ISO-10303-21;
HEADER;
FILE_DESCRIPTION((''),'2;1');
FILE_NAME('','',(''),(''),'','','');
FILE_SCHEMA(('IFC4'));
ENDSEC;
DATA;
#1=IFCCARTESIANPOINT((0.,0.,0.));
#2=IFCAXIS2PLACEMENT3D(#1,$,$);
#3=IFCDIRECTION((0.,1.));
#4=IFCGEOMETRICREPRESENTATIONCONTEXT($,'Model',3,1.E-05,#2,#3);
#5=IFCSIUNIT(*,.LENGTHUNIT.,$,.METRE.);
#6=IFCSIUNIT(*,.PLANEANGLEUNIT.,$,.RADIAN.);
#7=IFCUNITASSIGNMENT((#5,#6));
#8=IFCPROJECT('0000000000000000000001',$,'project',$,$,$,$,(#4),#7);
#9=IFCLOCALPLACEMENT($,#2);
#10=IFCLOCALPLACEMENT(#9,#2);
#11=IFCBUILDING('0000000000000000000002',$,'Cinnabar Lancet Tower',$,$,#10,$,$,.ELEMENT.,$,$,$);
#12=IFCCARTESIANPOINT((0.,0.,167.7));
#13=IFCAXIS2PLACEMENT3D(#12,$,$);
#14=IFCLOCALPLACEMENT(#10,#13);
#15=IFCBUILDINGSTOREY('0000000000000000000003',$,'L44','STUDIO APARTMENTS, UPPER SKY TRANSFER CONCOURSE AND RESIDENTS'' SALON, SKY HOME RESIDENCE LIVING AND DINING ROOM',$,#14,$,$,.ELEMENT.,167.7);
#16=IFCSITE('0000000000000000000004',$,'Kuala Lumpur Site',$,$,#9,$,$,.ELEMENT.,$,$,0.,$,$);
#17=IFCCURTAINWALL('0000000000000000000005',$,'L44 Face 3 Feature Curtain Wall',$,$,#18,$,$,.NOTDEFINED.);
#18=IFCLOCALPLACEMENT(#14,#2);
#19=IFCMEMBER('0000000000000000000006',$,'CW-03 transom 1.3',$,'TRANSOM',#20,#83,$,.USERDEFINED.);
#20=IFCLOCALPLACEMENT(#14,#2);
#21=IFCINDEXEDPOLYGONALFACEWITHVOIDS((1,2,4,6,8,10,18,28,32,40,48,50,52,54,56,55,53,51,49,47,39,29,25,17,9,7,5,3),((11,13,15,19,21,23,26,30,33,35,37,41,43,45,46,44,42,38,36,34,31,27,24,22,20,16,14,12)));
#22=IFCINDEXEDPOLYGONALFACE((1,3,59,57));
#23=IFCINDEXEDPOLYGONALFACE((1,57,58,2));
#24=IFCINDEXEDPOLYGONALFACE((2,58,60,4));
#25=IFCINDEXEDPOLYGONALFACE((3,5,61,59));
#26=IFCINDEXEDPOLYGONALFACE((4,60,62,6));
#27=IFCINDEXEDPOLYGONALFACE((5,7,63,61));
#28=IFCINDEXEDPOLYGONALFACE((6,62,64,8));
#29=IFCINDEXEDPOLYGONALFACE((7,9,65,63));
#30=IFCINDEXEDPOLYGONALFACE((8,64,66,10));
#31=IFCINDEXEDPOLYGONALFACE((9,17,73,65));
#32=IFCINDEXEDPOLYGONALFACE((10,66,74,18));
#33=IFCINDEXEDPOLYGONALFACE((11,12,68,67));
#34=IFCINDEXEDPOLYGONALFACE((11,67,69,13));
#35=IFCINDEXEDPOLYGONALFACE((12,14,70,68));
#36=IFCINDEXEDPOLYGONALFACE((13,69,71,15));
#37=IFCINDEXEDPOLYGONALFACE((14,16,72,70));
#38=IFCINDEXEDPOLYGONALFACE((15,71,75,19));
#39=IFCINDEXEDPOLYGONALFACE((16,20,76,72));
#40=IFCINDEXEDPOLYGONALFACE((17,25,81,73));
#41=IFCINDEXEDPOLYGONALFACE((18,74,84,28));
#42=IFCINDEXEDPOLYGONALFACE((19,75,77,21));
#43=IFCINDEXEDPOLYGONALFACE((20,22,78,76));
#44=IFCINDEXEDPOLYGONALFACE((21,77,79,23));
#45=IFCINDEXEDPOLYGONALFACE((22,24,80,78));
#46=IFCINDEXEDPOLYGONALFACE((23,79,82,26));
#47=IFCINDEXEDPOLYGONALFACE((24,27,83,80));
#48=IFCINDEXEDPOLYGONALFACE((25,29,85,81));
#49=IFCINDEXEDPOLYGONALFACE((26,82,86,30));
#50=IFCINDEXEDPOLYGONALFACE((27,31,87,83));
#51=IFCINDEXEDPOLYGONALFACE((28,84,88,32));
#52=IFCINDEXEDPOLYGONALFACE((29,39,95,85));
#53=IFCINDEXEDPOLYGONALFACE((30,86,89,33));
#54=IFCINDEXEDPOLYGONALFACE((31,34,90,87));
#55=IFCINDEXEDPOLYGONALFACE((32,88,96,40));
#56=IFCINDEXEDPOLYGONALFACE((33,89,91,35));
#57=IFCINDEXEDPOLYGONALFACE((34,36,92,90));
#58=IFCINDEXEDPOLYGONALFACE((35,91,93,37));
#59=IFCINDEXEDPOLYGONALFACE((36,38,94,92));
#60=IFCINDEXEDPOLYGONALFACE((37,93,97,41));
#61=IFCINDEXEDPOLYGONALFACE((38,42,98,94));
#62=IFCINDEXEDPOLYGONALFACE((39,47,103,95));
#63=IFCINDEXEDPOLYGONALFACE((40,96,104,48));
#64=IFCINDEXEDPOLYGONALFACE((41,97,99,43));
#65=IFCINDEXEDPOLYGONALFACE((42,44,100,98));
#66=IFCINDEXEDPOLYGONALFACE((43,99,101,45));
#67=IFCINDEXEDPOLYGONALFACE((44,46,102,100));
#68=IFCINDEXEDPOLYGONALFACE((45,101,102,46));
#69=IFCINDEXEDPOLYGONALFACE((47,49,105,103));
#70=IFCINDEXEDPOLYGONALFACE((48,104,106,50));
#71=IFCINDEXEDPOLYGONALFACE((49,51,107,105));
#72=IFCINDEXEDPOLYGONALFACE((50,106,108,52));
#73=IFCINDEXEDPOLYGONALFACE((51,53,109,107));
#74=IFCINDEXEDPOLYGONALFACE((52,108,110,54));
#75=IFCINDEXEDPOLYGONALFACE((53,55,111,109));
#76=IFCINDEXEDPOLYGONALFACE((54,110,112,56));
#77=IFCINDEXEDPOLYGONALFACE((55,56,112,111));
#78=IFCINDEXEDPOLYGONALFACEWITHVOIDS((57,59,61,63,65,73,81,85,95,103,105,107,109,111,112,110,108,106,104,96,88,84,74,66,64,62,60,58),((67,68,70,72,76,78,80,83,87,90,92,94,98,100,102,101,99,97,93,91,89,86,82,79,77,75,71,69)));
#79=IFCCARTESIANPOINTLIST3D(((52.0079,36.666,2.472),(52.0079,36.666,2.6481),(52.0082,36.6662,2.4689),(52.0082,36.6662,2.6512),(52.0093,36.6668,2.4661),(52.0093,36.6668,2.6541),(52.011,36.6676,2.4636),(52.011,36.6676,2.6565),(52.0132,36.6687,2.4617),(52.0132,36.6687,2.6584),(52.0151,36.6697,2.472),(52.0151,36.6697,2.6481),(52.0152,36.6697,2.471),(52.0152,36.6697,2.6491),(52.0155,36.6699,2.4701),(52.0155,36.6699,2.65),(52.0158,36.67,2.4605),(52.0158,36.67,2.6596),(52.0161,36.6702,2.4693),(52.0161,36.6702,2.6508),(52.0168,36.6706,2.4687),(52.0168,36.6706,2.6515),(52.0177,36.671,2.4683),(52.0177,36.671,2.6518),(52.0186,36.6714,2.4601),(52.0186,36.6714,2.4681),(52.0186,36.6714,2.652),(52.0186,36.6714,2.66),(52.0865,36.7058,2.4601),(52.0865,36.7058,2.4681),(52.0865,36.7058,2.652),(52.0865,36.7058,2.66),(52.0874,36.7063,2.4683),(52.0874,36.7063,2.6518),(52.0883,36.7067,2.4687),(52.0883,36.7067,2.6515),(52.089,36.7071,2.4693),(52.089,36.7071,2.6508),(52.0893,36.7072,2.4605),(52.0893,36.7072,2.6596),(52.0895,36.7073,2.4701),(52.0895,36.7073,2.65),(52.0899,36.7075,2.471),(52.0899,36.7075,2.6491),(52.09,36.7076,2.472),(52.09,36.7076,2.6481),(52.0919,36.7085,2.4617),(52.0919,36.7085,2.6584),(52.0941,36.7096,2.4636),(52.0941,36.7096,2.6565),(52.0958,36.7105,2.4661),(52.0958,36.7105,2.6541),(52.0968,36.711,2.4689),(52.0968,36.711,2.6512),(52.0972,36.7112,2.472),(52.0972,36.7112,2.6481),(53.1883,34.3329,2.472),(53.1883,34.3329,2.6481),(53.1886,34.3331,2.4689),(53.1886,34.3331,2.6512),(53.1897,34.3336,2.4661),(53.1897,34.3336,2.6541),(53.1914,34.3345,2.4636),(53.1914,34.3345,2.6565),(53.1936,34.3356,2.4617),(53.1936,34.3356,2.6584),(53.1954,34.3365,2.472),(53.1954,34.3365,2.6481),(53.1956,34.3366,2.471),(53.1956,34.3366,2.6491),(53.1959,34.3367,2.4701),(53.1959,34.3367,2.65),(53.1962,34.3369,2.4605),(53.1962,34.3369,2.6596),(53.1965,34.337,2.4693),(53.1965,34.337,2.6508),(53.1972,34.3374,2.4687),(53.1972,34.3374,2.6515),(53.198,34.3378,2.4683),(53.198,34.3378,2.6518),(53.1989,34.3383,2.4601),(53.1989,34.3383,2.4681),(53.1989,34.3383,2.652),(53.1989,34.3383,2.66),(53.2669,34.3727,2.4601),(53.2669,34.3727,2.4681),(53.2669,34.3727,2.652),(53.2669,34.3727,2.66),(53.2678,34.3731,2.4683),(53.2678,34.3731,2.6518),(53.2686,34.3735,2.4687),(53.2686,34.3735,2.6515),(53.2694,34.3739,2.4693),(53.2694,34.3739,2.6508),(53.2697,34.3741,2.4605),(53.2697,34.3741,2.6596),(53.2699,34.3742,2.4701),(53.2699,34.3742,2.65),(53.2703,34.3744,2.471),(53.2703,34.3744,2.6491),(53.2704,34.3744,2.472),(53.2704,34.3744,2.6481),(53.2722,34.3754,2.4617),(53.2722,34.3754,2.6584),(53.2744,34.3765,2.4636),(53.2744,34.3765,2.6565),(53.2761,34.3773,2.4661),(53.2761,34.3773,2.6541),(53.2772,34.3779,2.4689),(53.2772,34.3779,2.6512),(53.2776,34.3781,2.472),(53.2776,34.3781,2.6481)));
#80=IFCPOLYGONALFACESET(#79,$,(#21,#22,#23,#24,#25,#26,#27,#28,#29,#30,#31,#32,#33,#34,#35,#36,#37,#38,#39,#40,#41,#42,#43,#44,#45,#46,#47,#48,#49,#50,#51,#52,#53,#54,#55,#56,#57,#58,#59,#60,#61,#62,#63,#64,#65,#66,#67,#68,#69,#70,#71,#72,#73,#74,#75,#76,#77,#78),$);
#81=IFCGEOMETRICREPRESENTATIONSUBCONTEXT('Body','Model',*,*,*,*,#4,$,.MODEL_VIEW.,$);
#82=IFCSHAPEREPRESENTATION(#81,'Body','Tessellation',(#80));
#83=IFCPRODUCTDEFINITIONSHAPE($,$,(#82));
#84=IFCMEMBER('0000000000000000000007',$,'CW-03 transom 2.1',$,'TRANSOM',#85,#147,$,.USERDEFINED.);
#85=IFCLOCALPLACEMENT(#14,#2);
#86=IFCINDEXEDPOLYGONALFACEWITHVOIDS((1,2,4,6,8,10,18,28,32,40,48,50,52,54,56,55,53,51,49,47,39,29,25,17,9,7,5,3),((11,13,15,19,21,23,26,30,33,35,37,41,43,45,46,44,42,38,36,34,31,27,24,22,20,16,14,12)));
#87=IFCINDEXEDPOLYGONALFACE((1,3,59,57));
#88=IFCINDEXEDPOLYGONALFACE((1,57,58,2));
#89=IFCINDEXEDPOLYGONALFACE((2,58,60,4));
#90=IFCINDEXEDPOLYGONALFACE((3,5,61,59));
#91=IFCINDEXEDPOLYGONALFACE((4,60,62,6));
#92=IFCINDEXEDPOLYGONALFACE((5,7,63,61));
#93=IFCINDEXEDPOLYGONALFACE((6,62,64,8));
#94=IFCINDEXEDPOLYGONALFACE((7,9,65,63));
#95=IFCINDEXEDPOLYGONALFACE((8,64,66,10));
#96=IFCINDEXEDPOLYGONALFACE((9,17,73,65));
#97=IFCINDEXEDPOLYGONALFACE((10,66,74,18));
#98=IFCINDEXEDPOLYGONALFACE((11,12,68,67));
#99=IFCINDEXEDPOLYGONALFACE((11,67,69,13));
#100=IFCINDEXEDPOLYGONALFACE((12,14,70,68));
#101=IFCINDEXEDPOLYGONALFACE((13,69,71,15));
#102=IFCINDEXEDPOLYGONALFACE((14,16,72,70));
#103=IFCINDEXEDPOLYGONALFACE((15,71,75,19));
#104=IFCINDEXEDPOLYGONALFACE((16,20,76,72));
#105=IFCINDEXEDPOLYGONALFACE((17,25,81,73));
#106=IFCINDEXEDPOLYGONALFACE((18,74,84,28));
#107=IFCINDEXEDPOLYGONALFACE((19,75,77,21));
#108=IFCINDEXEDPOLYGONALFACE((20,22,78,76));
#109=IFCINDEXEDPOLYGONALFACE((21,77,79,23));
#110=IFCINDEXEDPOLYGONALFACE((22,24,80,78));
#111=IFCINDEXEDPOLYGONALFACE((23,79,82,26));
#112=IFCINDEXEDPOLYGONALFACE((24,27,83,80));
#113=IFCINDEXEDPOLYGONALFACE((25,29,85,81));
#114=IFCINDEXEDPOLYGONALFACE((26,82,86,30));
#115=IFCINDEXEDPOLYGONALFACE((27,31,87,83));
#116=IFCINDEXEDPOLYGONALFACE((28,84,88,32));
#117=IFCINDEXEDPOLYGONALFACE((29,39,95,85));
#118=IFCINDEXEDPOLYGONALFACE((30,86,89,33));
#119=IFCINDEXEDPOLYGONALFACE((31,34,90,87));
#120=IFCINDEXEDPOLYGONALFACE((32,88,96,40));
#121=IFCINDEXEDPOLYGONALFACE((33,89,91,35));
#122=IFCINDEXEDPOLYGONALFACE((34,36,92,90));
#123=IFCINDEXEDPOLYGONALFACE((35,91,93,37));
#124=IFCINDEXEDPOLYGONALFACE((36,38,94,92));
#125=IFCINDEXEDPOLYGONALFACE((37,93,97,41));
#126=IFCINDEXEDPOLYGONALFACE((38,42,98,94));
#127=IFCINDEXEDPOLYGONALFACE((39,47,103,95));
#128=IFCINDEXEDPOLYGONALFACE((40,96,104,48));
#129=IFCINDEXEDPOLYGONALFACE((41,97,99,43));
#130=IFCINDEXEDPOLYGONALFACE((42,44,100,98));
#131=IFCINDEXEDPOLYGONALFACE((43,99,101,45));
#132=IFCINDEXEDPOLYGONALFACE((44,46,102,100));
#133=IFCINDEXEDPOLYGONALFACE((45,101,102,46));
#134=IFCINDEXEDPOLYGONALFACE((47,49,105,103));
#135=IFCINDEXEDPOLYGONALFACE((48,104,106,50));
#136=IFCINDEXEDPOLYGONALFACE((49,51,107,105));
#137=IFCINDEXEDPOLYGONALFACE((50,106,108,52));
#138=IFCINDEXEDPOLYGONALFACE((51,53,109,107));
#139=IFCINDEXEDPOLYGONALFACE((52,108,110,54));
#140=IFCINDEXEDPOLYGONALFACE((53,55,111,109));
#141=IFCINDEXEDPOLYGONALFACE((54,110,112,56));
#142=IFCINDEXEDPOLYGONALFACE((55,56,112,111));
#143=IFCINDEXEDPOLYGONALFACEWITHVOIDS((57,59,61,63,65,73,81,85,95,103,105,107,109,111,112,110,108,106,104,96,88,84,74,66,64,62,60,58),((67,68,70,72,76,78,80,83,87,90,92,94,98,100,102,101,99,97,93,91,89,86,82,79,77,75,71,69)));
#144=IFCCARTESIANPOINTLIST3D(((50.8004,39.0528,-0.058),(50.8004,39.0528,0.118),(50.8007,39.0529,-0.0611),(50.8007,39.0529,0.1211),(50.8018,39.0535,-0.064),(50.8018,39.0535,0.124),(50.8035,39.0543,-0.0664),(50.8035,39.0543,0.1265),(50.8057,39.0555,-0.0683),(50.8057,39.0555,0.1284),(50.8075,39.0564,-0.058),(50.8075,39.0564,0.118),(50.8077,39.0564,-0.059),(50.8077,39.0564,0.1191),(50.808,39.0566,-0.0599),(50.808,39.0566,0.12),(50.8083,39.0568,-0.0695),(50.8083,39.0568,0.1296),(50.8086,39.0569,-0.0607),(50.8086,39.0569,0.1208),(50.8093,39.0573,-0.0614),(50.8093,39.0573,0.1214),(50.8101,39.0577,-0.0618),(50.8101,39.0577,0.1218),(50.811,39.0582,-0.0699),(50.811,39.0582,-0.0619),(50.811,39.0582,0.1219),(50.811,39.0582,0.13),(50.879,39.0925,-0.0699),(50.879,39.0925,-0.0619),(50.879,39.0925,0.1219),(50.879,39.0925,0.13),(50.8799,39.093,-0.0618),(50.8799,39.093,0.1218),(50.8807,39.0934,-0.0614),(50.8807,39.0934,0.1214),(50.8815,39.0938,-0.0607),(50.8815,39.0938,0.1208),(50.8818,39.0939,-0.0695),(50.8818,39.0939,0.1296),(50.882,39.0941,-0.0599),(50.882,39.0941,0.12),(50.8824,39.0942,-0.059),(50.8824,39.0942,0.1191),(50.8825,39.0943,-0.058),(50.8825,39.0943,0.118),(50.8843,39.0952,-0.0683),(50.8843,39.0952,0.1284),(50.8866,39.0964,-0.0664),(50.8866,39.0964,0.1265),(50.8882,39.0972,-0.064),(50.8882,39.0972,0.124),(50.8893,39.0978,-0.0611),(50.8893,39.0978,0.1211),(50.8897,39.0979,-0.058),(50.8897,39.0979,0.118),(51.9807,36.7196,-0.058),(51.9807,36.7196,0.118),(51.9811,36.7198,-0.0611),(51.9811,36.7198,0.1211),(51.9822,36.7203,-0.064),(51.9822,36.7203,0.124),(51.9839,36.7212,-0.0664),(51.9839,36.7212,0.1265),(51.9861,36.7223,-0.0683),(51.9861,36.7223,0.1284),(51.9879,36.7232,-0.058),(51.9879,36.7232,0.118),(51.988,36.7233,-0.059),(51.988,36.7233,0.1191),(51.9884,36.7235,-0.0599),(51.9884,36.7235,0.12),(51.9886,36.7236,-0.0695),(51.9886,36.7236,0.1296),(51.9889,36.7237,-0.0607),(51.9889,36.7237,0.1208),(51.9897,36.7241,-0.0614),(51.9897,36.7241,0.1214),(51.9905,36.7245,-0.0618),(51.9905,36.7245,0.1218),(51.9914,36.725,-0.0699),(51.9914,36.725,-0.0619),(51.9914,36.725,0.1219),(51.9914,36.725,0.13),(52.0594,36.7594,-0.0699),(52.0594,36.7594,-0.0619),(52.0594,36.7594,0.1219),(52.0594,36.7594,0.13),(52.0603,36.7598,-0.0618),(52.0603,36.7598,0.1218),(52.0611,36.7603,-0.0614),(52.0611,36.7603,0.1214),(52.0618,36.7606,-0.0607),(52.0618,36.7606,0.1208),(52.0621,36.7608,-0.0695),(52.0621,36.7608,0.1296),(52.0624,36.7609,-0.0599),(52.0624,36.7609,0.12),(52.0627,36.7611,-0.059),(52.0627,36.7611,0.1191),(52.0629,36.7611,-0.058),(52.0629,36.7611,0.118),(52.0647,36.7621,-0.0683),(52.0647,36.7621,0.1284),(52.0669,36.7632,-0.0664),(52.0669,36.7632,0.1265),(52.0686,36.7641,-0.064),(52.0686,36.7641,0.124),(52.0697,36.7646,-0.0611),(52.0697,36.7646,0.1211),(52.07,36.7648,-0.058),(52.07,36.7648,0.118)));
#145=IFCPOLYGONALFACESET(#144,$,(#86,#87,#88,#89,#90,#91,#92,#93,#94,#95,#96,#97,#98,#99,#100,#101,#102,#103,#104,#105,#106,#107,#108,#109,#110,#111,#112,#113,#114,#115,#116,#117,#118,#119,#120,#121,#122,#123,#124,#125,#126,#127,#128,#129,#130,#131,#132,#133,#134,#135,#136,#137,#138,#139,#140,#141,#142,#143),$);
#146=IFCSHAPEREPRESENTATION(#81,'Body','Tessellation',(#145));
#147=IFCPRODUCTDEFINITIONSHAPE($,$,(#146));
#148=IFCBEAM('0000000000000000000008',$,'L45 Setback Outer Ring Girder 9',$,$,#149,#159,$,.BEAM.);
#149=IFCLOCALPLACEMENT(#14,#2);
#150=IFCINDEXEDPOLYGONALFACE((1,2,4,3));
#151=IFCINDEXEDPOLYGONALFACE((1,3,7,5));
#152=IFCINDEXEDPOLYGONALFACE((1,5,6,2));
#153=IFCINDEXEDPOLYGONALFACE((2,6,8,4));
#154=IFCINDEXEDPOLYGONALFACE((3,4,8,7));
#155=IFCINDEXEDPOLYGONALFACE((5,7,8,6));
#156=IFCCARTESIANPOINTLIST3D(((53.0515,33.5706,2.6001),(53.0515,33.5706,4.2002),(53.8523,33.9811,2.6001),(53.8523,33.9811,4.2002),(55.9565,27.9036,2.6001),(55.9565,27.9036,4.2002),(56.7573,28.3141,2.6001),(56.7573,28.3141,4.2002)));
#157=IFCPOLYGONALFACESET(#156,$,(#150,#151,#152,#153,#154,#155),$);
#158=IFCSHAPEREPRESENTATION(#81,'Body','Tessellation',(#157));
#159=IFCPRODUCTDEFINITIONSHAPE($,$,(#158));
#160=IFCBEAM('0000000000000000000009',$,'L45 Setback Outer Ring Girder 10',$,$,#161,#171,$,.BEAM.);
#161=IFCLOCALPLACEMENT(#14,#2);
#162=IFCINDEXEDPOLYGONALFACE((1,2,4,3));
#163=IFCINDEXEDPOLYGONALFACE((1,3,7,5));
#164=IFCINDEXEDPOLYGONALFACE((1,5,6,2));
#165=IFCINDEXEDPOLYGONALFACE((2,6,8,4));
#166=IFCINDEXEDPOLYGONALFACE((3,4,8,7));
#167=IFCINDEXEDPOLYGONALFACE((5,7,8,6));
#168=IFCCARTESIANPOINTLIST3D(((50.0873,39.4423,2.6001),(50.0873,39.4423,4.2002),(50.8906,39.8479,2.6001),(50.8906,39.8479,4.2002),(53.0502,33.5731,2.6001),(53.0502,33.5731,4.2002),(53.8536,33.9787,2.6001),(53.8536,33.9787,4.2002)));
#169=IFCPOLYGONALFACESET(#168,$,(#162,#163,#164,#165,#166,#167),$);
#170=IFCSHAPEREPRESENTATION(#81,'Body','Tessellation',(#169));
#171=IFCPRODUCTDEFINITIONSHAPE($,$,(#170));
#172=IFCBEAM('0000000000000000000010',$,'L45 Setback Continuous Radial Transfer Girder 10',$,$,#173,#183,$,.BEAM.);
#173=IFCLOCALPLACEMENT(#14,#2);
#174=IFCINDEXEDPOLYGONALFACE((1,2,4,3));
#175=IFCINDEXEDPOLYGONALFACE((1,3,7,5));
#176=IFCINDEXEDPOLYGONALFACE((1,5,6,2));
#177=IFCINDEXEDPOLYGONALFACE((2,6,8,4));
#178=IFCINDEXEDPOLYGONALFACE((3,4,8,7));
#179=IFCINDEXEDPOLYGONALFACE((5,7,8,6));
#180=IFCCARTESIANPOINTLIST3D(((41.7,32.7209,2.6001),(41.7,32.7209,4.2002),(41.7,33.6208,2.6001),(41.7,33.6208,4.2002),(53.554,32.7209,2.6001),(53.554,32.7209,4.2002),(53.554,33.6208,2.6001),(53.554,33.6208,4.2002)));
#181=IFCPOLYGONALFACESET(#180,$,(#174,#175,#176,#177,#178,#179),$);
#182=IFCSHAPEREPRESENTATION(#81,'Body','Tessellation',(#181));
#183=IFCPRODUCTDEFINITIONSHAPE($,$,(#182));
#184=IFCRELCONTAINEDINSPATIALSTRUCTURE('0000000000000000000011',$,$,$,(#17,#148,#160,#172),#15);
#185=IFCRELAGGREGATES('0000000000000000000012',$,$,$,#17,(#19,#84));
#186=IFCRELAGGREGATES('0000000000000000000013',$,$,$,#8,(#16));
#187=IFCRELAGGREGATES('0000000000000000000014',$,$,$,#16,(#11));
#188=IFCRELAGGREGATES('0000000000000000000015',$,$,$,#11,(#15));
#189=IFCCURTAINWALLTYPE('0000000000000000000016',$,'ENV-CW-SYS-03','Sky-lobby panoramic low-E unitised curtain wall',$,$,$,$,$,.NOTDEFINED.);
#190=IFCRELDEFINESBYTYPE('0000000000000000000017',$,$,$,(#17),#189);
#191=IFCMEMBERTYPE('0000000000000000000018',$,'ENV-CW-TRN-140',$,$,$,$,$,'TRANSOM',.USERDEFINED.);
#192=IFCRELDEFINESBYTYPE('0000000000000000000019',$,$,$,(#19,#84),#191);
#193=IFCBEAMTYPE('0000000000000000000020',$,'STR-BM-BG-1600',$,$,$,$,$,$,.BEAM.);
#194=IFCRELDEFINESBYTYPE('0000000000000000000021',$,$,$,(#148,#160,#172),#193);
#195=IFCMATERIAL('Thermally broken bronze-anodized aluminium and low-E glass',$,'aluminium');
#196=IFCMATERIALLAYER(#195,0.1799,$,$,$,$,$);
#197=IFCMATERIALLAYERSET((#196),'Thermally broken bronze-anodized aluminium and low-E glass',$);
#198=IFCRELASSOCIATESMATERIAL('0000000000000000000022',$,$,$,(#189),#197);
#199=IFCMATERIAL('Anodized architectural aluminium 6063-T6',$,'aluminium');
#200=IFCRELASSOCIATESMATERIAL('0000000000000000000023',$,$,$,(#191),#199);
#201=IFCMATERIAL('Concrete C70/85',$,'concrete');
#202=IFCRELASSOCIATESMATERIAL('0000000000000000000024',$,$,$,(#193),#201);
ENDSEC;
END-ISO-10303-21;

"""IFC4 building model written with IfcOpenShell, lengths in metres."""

from ifc_helpers import new_model, si_unit, direction, frame, origin, origin_2d, place, context, subcontext, project, spatial, rectangle, hollow_rectangle, extrude, material, layer, layer_set, material_profile, profile_set, type_object, element, aggregate, save


model = new_model("IFC4")

# Units and contexts
model_context = context("Model", 3, precision=1e-05, world=origin(), true_north=direction((0.0, 1.0)))
body_context = subcontext(model_context, "Body", "Model", "MODEL_VIEW")
ifc_project = project(units=[si_unit("LENGTHUNIT", "METRE"), si_unit("PLANEANGLEUNIT", "RADIAN")], contexts=[model_context])

# Site, building, storey
site_placement = place(None, origin())
site = spatial("IfcSite", under=ifc_project, at=site_placement, Name="Kuala Lumpur Site", CompositionType="ELEMENT", RefElevation=0.0)
building_placement = place(site_placement, origin())
building = spatial("IfcBuilding", under=site, at=building_placement, Name="Cinnabar Lancet Tower", CompositionType="ELEMENT")
storey_placement = place(building_placement, frame((0.0, 0.0, 167.7)))
storey = spatial("IfcBuildingStorey", under=building, at=storey_placement, Name="L44", Description="STUDIO APARTMENTS, UPPER SKY TRANSFER CONCOURSE AND RESIDENTS' SALON, SKY HOME RESIDENCE LIVING AND DINING ROOM", CompositionType="ELEMENT", Elevation=167.7)

# Curtain wall, members
ifc_material_1 = material(Name="Thermally broken bronze-anodized aluminium and low-E glass", Category="aluminium")
ifc_layer_1 = layer(ifc_material_1, 0.1799)
ifc_layer_set_1 = layer_set([ifc_layer_1], Name="Thermally broken bronze-anodized aluminium and low-E glass")
curtain_wall_type = type_object("IfcCurtainWallType", Name="ENV-CW-SYS-03", Description="Sky-lobby panoramic low-E unitised curtain wall", PredefinedType="NOTDEFINED", material=ifc_layer_set_1)
curtain_wall_placement = place(storey_placement, origin())
curtain_wall = element("IfcCurtainWall", 1, at=curtain_wall_placement, inside=storey, type_object=curtain_wall_type, Name="L44 Face 3 Feature Curtain Wall", PredefinedType="NOTDEFINED")
ifc_material_2 = material(Name="Anodized architectural aluminium 6063-T6", Category="aluminium")
ifc_material_profile_1 = material_profile(ifc_material_2, hollow_rectangle(XDim=0.1001, YDim=0.2, WallThickness=0.0081, InnerFilletRadius=0.0039, OuterFilletRadius=0.012, at=origin_2d()), Name="RHS 200x100x8")
ifc_profile_set_1 = profile_set([ifc_material_profile_1], Name="Anodized architectural aluminium 6063-T6")
member_type_1 = type_object("IfcMemberType", Name="ENV-CW-TRN-140", ElementType="TRANSOM", PredefinedType="USERDEFINED", material=ifc_profile_set_1)
member_1_placement = place(storey_placement, frame((53.2329, 34.3555, 2.5601), z_axis=(-0.451429, 0.892307, 0.0), x_axis=(-0.892307, -0.451429, 0.0)))
member_1 = element("IfcMember", 2, at=member_1_placement, type_object=member_type_1, Name="CW-03 transom 1.3", ObjectType="TRANSOM", PredefinedType="USERDEFINED", context=body_context, shape_type="SweptSolid", body=[
    extrude(hollow_rectangle(XDim=0.1001, YDim=0.2, WallThickness=0.0081, InnerFilletRadius=0.0039, OuterFilletRadius=0.012, at=origin_2d()), origin(), (0.0, 0.0, 1.0), 2.6147),
])
member_2_placement = place(storey_placement, frame((52.0254, 36.7422, 0.03), z_axis=(-0.451429, 0.892307, 0.0), x_axis=(-0.892307, -0.451429, 0.0)))
member_2 = element("IfcMember", 3, at=member_2_placement, type_object=member_type_1, Name="CW-03 transom 2.1", ObjectType="TRANSOM", PredefinedType="USERDEFINED", context=body_context, shape_type="SweptSolid", body=[
    extrude(hollow_rectangle(XDim=0.1001, YDim=0.2, WallThickness=0.0081, InnerFilletRadius=0.0039, OuterFilletRadius=0.012, at=origin_2d()), origin(), (0.0, 0.0, 1.0), 2.6147),
])

# Beams
ifc_material_3 = material(Name="Concrete C70/85", Category="concrete")
ifc_material_profile_2 = material_profile(ifc_material_3, rectangle(XDim=0.8999, YDim=1.6001, at=origin_2d()), Name="RC-BG 900x1600")
ifc_profile_set_2 = profile_set([ifc_material_profile_2], Name="Concrete C70/85")
beam_type_1 = type_object("IfcBeamType", Name="STR-BM-BG-1600", PredefinedType="BEAM", material=ifc_profile_set_2)
beam_1_placement = place(storey_placement, frame((56.3569, 28.1089, 3.4001), z_axis=(-0.456177, 0.889889, 0.0), x_axis=(-0.889889, -0.456177, 0.0)))
element("IfcBeam", 4, at=beam_1_placement, inside=storey, type_object=beam_type_1, Name="L45 Setback Outer Ring Girder 9", PredefinedType="BEAM", context=body_context, shape_type="SweptSolid", body=[
    extrude(rectangle(XDim=0.8999, YDim=1.6001, at=origin_2d()), origin(), (0.0, 0.0, 1.0), 6.3682),
])
beam_2_placement = place(storey_placement, frame((53.4519, 33.7759, 3.4001), z_axis=(-0.450656, 0.892698, 0.0), x_axis=(-0.892698, -0.450656, 0.0)))
element("IfcBeam", 5, at=beam_2_placement, inside=storey, type_object=beam_type_1, Name="L45 Setback Outer Ring Girder 10", PredefinedType="BEAM", context=body_context, shape_type="SweptSolid", body=[
    extrude(rectangle(XDim=0.8999, YDim=1.6001, at=origin_2d()), origin(), (0.0, 0.0, 1.0), 6.5747),
])
beam_3_placement = place(storey_placement, frame((53.554, 33.1709, 3.4001), z_axis=(-1.0, 0.0, 0.0), x_axis=(0.0, -1.0, 0.0)))
element("IfcBeam", 6, at=beam_3_placement, inside=storey, type_object=beam_type_1, Name="L45 Setback Continuous Radial Transfer Girder 10", PredefinedType="BEAM", context=body_context, shape_type="SweptSolid", body=[
    extrude(rectangle(XDim=0.8999, YDim=1.6001, at=origin_2d()), origin(), (0.0, 0.0, 1.0), 11.854),
])

aggregate(curtain_wall, [member_1, member_2])

save(model, "model.ifc")
